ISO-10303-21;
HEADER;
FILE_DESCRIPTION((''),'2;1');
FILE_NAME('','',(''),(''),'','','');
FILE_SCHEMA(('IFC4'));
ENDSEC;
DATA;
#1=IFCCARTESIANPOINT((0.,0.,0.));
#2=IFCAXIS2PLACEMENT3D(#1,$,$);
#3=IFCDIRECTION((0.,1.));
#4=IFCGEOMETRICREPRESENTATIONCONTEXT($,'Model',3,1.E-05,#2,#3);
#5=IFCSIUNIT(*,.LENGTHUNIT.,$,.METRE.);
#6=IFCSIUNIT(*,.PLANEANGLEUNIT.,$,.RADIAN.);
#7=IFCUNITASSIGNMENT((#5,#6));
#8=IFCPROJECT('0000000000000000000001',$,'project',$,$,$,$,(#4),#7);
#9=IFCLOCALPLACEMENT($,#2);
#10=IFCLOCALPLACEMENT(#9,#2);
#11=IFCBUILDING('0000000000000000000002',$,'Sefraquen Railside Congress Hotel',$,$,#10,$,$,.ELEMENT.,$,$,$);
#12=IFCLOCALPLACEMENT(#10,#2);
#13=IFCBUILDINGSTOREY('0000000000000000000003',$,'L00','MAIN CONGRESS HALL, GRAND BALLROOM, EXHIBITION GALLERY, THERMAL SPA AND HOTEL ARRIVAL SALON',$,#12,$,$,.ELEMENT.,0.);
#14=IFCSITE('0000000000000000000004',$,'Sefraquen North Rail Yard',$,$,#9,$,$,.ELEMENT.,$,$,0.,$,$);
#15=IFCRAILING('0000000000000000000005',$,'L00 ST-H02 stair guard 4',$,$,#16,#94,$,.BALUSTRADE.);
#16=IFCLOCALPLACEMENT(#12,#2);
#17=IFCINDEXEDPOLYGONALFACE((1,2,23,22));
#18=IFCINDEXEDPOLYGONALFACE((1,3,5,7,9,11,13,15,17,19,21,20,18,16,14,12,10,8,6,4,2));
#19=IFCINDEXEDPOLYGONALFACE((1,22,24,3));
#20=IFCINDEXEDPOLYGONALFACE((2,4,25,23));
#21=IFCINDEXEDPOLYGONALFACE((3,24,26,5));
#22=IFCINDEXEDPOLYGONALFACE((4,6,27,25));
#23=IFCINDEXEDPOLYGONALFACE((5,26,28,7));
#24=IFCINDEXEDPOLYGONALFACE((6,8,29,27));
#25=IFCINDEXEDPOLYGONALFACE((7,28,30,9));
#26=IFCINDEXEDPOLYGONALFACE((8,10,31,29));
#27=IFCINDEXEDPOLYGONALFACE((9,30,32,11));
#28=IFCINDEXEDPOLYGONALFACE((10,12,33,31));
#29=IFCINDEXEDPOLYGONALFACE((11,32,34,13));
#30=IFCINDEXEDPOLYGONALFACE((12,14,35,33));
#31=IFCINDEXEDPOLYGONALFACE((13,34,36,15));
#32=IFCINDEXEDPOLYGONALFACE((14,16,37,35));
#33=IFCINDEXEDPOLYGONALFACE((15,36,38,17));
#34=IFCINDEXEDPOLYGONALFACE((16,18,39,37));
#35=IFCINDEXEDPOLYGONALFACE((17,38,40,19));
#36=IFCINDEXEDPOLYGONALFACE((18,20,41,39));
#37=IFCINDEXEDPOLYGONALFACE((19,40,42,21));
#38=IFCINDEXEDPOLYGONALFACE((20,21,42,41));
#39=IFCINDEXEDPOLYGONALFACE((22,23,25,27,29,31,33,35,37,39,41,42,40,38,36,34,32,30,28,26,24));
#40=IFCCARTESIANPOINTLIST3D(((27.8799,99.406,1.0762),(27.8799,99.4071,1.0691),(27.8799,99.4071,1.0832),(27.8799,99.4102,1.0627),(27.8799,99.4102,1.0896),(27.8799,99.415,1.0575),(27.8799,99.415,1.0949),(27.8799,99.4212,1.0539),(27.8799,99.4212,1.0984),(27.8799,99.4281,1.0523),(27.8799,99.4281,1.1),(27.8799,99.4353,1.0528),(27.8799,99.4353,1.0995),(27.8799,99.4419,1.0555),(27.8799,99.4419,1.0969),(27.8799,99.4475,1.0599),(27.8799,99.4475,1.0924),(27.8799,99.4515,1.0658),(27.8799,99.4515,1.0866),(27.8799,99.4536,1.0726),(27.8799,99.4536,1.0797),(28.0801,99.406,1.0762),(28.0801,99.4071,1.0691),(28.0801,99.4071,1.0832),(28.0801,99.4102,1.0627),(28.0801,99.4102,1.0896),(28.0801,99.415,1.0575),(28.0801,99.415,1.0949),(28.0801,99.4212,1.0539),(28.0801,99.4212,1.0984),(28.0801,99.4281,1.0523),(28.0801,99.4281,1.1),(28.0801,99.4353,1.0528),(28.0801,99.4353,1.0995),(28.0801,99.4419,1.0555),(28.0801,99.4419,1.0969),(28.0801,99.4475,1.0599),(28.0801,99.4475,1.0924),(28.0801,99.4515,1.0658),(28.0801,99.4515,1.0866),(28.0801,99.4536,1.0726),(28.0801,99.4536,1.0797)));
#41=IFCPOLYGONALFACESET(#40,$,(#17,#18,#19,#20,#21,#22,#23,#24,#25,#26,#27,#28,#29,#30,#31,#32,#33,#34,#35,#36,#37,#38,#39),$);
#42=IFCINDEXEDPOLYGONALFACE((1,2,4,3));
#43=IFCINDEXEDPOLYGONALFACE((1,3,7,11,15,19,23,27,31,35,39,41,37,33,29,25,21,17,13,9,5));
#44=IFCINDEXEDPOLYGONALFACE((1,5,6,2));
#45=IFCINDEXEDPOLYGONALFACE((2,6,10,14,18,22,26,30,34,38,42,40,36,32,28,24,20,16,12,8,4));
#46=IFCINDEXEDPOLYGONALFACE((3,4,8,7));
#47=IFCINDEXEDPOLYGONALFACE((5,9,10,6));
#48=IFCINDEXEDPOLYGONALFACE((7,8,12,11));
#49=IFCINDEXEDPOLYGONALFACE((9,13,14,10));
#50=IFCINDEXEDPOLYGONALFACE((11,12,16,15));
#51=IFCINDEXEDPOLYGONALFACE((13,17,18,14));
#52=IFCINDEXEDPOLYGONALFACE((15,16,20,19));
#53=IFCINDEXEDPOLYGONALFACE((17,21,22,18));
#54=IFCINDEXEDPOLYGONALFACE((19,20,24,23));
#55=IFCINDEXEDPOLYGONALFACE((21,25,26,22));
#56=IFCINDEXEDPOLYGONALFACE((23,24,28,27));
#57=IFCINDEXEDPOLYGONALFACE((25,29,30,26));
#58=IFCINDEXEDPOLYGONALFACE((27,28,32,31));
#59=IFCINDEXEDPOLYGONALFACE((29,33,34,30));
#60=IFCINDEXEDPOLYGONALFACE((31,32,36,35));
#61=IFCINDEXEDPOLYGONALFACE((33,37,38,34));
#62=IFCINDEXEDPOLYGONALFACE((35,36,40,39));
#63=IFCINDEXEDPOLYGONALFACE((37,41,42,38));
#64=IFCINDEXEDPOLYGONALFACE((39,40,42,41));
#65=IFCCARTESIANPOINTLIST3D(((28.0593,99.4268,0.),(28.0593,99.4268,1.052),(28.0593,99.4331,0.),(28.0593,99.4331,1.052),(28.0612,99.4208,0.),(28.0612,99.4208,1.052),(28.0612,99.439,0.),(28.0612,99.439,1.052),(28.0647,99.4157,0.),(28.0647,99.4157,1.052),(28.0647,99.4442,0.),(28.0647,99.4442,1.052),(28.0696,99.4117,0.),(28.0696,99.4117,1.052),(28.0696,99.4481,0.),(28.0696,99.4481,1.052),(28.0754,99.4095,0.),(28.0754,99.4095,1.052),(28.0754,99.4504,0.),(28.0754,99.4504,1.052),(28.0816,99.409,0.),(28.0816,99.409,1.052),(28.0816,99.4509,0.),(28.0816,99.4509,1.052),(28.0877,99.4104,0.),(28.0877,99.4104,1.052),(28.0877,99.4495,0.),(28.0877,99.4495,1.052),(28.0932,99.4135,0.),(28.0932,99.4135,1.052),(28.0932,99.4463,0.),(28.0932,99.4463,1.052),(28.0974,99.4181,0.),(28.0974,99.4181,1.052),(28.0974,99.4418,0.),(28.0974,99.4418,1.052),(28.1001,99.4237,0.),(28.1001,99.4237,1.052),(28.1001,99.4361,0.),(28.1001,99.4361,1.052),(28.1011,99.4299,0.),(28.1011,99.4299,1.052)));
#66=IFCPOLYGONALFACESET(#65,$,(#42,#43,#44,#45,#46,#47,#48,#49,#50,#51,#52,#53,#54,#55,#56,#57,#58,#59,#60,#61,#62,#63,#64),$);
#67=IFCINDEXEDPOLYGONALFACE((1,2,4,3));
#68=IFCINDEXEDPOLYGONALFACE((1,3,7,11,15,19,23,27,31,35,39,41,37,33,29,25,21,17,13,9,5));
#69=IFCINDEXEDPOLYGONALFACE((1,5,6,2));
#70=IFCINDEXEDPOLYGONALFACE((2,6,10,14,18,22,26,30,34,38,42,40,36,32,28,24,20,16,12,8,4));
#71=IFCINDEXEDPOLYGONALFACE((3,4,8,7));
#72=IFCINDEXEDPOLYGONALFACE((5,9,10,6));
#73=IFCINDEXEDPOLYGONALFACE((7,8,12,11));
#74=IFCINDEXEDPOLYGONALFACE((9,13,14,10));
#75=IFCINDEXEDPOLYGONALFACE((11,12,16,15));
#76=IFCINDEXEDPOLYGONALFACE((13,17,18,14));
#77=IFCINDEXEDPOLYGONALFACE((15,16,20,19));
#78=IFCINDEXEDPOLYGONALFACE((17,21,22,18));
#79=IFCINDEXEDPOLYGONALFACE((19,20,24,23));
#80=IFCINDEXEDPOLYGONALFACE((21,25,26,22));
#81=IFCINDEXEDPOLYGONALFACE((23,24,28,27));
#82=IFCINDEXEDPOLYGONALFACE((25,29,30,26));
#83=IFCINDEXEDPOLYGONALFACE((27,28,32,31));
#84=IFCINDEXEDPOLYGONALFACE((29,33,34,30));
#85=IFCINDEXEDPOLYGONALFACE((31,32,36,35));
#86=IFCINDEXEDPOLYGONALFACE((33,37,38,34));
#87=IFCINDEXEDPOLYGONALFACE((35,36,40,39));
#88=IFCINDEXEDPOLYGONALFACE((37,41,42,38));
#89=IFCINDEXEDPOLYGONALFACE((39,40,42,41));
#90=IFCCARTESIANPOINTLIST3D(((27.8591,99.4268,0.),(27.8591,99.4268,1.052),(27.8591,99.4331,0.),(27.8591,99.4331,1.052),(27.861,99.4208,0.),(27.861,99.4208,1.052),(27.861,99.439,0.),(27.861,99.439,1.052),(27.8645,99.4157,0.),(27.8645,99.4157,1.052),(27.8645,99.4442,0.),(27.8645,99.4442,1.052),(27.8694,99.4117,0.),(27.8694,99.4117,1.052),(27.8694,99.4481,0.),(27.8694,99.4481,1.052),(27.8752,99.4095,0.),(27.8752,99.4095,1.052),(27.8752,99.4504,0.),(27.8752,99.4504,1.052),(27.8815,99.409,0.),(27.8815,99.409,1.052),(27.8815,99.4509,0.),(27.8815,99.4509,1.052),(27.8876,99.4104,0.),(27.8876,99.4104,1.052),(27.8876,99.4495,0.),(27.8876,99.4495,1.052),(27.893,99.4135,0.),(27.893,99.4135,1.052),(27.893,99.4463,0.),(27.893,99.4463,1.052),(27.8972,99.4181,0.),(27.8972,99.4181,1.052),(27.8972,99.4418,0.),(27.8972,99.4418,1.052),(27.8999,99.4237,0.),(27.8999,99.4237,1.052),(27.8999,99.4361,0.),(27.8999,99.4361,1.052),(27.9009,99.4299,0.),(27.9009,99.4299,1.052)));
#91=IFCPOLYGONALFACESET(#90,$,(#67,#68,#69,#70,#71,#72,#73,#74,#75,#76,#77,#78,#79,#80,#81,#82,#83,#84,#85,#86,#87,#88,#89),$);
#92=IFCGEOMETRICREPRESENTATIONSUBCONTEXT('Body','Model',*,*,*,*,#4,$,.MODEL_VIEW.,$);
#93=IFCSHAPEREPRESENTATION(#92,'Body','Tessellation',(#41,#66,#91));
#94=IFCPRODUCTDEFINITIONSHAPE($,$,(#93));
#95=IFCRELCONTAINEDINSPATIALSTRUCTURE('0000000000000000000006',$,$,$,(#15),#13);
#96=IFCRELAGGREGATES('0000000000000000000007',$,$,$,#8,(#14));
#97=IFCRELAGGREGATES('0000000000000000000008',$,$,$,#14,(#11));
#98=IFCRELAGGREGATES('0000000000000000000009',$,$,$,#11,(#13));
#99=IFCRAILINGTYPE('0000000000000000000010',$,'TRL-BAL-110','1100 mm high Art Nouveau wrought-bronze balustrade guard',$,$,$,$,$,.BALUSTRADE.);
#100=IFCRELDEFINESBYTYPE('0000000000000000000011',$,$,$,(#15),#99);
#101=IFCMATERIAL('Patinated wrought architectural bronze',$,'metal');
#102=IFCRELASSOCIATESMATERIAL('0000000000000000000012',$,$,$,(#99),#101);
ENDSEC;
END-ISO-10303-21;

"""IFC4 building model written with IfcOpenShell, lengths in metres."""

from ifc_helpers import new_model, si_unit, direction, frame, origin, origin_2d, place, context, subcontext, project, spatial, circle, extrude, material, type_object, element, save


model = new_model("IFC4")

# Units and contexts
model_context = context("Model", 3, precision=1e-05, world=origin(), true_north=direction((0.0, 1.0)))
body_context = subcontext(model_context, "Body", "Model", "MODEL_VIEW")
ifc_project = project(units=[si_unit("LENGTHUNIT", "METRE"), si_unit("PLANEANGLEUNIT", "RADIAN")], contexts=[model_context])

# Site, building, storey
site_placement = place(None, origin())
site = spatial("IfcSite", under=ifc_project, at=site_placement, Name="Sefraquen North Rail Yard", CompositionType="ELEMENT", RefElevation=0.0)
building_placement = place(site_placement, origin())
building = spatial("IfcBuilding", under=site, at=building_placement, Name="Sefraquen Railside Congress Hotel", CompositionType="ELEMENT")
storey_placement = place(building_placement, origin())
storey = spatial("IfcBuildingStorey", under=building, at=storey_placement, Name="L00", Description="MAIN CONGRESS HALL, GRAND BALLROOM, EXHIBITION GALLERY, THERMAL SPA AND HOTEL ARRIVAL SALON", CompositionType="ELEMENT", Elevation=0.0)

# Railing
ifc_material_1 = material(Name="Patinated wrought architectural bronze", Category="metal")
railing_type_1 = type_object("IfcRailingType", Name="TRL-BAL-110", Description="1100 mm high Art Nouveau wrought-bronze balustrade guard", PredefinedType="BALUSTRADE", material=ifc_material_1)
railing_1_placement = place(storey_placement, frame((28.0801, 99.4299, 0.0)))
element("IfcRailing", 1, at=railing_1_placement, inside=storey, type_object=railing_type_1, Name="L00 ST-H02 stair guard 4", PredefinedType="BALUSTRADE", context=body_context, shape_type="SweptSolid", body=[
    extrude(circle(Radius=0.0239, at=origin_2d()), frame((0.0, 0.0, 1.0762), z_axis=(-1.0, 0.0, 0.0), x_axis=(0.0, -1.0, 0.0)), (0.0, 0.0, 1.0), 0.2002),
    extrude(circle(Radius=0.021, at=origin_2d()), origin(), (0.0, 0.0, 1.0), 1.052),
    extrude(circle(Radius=0.021, at=origin_2d()), frame((-0.2002, 0.0, 0.0)), (0.0, 0.0, 1.0), 1.052),
])

save(model, "model.ifc")
